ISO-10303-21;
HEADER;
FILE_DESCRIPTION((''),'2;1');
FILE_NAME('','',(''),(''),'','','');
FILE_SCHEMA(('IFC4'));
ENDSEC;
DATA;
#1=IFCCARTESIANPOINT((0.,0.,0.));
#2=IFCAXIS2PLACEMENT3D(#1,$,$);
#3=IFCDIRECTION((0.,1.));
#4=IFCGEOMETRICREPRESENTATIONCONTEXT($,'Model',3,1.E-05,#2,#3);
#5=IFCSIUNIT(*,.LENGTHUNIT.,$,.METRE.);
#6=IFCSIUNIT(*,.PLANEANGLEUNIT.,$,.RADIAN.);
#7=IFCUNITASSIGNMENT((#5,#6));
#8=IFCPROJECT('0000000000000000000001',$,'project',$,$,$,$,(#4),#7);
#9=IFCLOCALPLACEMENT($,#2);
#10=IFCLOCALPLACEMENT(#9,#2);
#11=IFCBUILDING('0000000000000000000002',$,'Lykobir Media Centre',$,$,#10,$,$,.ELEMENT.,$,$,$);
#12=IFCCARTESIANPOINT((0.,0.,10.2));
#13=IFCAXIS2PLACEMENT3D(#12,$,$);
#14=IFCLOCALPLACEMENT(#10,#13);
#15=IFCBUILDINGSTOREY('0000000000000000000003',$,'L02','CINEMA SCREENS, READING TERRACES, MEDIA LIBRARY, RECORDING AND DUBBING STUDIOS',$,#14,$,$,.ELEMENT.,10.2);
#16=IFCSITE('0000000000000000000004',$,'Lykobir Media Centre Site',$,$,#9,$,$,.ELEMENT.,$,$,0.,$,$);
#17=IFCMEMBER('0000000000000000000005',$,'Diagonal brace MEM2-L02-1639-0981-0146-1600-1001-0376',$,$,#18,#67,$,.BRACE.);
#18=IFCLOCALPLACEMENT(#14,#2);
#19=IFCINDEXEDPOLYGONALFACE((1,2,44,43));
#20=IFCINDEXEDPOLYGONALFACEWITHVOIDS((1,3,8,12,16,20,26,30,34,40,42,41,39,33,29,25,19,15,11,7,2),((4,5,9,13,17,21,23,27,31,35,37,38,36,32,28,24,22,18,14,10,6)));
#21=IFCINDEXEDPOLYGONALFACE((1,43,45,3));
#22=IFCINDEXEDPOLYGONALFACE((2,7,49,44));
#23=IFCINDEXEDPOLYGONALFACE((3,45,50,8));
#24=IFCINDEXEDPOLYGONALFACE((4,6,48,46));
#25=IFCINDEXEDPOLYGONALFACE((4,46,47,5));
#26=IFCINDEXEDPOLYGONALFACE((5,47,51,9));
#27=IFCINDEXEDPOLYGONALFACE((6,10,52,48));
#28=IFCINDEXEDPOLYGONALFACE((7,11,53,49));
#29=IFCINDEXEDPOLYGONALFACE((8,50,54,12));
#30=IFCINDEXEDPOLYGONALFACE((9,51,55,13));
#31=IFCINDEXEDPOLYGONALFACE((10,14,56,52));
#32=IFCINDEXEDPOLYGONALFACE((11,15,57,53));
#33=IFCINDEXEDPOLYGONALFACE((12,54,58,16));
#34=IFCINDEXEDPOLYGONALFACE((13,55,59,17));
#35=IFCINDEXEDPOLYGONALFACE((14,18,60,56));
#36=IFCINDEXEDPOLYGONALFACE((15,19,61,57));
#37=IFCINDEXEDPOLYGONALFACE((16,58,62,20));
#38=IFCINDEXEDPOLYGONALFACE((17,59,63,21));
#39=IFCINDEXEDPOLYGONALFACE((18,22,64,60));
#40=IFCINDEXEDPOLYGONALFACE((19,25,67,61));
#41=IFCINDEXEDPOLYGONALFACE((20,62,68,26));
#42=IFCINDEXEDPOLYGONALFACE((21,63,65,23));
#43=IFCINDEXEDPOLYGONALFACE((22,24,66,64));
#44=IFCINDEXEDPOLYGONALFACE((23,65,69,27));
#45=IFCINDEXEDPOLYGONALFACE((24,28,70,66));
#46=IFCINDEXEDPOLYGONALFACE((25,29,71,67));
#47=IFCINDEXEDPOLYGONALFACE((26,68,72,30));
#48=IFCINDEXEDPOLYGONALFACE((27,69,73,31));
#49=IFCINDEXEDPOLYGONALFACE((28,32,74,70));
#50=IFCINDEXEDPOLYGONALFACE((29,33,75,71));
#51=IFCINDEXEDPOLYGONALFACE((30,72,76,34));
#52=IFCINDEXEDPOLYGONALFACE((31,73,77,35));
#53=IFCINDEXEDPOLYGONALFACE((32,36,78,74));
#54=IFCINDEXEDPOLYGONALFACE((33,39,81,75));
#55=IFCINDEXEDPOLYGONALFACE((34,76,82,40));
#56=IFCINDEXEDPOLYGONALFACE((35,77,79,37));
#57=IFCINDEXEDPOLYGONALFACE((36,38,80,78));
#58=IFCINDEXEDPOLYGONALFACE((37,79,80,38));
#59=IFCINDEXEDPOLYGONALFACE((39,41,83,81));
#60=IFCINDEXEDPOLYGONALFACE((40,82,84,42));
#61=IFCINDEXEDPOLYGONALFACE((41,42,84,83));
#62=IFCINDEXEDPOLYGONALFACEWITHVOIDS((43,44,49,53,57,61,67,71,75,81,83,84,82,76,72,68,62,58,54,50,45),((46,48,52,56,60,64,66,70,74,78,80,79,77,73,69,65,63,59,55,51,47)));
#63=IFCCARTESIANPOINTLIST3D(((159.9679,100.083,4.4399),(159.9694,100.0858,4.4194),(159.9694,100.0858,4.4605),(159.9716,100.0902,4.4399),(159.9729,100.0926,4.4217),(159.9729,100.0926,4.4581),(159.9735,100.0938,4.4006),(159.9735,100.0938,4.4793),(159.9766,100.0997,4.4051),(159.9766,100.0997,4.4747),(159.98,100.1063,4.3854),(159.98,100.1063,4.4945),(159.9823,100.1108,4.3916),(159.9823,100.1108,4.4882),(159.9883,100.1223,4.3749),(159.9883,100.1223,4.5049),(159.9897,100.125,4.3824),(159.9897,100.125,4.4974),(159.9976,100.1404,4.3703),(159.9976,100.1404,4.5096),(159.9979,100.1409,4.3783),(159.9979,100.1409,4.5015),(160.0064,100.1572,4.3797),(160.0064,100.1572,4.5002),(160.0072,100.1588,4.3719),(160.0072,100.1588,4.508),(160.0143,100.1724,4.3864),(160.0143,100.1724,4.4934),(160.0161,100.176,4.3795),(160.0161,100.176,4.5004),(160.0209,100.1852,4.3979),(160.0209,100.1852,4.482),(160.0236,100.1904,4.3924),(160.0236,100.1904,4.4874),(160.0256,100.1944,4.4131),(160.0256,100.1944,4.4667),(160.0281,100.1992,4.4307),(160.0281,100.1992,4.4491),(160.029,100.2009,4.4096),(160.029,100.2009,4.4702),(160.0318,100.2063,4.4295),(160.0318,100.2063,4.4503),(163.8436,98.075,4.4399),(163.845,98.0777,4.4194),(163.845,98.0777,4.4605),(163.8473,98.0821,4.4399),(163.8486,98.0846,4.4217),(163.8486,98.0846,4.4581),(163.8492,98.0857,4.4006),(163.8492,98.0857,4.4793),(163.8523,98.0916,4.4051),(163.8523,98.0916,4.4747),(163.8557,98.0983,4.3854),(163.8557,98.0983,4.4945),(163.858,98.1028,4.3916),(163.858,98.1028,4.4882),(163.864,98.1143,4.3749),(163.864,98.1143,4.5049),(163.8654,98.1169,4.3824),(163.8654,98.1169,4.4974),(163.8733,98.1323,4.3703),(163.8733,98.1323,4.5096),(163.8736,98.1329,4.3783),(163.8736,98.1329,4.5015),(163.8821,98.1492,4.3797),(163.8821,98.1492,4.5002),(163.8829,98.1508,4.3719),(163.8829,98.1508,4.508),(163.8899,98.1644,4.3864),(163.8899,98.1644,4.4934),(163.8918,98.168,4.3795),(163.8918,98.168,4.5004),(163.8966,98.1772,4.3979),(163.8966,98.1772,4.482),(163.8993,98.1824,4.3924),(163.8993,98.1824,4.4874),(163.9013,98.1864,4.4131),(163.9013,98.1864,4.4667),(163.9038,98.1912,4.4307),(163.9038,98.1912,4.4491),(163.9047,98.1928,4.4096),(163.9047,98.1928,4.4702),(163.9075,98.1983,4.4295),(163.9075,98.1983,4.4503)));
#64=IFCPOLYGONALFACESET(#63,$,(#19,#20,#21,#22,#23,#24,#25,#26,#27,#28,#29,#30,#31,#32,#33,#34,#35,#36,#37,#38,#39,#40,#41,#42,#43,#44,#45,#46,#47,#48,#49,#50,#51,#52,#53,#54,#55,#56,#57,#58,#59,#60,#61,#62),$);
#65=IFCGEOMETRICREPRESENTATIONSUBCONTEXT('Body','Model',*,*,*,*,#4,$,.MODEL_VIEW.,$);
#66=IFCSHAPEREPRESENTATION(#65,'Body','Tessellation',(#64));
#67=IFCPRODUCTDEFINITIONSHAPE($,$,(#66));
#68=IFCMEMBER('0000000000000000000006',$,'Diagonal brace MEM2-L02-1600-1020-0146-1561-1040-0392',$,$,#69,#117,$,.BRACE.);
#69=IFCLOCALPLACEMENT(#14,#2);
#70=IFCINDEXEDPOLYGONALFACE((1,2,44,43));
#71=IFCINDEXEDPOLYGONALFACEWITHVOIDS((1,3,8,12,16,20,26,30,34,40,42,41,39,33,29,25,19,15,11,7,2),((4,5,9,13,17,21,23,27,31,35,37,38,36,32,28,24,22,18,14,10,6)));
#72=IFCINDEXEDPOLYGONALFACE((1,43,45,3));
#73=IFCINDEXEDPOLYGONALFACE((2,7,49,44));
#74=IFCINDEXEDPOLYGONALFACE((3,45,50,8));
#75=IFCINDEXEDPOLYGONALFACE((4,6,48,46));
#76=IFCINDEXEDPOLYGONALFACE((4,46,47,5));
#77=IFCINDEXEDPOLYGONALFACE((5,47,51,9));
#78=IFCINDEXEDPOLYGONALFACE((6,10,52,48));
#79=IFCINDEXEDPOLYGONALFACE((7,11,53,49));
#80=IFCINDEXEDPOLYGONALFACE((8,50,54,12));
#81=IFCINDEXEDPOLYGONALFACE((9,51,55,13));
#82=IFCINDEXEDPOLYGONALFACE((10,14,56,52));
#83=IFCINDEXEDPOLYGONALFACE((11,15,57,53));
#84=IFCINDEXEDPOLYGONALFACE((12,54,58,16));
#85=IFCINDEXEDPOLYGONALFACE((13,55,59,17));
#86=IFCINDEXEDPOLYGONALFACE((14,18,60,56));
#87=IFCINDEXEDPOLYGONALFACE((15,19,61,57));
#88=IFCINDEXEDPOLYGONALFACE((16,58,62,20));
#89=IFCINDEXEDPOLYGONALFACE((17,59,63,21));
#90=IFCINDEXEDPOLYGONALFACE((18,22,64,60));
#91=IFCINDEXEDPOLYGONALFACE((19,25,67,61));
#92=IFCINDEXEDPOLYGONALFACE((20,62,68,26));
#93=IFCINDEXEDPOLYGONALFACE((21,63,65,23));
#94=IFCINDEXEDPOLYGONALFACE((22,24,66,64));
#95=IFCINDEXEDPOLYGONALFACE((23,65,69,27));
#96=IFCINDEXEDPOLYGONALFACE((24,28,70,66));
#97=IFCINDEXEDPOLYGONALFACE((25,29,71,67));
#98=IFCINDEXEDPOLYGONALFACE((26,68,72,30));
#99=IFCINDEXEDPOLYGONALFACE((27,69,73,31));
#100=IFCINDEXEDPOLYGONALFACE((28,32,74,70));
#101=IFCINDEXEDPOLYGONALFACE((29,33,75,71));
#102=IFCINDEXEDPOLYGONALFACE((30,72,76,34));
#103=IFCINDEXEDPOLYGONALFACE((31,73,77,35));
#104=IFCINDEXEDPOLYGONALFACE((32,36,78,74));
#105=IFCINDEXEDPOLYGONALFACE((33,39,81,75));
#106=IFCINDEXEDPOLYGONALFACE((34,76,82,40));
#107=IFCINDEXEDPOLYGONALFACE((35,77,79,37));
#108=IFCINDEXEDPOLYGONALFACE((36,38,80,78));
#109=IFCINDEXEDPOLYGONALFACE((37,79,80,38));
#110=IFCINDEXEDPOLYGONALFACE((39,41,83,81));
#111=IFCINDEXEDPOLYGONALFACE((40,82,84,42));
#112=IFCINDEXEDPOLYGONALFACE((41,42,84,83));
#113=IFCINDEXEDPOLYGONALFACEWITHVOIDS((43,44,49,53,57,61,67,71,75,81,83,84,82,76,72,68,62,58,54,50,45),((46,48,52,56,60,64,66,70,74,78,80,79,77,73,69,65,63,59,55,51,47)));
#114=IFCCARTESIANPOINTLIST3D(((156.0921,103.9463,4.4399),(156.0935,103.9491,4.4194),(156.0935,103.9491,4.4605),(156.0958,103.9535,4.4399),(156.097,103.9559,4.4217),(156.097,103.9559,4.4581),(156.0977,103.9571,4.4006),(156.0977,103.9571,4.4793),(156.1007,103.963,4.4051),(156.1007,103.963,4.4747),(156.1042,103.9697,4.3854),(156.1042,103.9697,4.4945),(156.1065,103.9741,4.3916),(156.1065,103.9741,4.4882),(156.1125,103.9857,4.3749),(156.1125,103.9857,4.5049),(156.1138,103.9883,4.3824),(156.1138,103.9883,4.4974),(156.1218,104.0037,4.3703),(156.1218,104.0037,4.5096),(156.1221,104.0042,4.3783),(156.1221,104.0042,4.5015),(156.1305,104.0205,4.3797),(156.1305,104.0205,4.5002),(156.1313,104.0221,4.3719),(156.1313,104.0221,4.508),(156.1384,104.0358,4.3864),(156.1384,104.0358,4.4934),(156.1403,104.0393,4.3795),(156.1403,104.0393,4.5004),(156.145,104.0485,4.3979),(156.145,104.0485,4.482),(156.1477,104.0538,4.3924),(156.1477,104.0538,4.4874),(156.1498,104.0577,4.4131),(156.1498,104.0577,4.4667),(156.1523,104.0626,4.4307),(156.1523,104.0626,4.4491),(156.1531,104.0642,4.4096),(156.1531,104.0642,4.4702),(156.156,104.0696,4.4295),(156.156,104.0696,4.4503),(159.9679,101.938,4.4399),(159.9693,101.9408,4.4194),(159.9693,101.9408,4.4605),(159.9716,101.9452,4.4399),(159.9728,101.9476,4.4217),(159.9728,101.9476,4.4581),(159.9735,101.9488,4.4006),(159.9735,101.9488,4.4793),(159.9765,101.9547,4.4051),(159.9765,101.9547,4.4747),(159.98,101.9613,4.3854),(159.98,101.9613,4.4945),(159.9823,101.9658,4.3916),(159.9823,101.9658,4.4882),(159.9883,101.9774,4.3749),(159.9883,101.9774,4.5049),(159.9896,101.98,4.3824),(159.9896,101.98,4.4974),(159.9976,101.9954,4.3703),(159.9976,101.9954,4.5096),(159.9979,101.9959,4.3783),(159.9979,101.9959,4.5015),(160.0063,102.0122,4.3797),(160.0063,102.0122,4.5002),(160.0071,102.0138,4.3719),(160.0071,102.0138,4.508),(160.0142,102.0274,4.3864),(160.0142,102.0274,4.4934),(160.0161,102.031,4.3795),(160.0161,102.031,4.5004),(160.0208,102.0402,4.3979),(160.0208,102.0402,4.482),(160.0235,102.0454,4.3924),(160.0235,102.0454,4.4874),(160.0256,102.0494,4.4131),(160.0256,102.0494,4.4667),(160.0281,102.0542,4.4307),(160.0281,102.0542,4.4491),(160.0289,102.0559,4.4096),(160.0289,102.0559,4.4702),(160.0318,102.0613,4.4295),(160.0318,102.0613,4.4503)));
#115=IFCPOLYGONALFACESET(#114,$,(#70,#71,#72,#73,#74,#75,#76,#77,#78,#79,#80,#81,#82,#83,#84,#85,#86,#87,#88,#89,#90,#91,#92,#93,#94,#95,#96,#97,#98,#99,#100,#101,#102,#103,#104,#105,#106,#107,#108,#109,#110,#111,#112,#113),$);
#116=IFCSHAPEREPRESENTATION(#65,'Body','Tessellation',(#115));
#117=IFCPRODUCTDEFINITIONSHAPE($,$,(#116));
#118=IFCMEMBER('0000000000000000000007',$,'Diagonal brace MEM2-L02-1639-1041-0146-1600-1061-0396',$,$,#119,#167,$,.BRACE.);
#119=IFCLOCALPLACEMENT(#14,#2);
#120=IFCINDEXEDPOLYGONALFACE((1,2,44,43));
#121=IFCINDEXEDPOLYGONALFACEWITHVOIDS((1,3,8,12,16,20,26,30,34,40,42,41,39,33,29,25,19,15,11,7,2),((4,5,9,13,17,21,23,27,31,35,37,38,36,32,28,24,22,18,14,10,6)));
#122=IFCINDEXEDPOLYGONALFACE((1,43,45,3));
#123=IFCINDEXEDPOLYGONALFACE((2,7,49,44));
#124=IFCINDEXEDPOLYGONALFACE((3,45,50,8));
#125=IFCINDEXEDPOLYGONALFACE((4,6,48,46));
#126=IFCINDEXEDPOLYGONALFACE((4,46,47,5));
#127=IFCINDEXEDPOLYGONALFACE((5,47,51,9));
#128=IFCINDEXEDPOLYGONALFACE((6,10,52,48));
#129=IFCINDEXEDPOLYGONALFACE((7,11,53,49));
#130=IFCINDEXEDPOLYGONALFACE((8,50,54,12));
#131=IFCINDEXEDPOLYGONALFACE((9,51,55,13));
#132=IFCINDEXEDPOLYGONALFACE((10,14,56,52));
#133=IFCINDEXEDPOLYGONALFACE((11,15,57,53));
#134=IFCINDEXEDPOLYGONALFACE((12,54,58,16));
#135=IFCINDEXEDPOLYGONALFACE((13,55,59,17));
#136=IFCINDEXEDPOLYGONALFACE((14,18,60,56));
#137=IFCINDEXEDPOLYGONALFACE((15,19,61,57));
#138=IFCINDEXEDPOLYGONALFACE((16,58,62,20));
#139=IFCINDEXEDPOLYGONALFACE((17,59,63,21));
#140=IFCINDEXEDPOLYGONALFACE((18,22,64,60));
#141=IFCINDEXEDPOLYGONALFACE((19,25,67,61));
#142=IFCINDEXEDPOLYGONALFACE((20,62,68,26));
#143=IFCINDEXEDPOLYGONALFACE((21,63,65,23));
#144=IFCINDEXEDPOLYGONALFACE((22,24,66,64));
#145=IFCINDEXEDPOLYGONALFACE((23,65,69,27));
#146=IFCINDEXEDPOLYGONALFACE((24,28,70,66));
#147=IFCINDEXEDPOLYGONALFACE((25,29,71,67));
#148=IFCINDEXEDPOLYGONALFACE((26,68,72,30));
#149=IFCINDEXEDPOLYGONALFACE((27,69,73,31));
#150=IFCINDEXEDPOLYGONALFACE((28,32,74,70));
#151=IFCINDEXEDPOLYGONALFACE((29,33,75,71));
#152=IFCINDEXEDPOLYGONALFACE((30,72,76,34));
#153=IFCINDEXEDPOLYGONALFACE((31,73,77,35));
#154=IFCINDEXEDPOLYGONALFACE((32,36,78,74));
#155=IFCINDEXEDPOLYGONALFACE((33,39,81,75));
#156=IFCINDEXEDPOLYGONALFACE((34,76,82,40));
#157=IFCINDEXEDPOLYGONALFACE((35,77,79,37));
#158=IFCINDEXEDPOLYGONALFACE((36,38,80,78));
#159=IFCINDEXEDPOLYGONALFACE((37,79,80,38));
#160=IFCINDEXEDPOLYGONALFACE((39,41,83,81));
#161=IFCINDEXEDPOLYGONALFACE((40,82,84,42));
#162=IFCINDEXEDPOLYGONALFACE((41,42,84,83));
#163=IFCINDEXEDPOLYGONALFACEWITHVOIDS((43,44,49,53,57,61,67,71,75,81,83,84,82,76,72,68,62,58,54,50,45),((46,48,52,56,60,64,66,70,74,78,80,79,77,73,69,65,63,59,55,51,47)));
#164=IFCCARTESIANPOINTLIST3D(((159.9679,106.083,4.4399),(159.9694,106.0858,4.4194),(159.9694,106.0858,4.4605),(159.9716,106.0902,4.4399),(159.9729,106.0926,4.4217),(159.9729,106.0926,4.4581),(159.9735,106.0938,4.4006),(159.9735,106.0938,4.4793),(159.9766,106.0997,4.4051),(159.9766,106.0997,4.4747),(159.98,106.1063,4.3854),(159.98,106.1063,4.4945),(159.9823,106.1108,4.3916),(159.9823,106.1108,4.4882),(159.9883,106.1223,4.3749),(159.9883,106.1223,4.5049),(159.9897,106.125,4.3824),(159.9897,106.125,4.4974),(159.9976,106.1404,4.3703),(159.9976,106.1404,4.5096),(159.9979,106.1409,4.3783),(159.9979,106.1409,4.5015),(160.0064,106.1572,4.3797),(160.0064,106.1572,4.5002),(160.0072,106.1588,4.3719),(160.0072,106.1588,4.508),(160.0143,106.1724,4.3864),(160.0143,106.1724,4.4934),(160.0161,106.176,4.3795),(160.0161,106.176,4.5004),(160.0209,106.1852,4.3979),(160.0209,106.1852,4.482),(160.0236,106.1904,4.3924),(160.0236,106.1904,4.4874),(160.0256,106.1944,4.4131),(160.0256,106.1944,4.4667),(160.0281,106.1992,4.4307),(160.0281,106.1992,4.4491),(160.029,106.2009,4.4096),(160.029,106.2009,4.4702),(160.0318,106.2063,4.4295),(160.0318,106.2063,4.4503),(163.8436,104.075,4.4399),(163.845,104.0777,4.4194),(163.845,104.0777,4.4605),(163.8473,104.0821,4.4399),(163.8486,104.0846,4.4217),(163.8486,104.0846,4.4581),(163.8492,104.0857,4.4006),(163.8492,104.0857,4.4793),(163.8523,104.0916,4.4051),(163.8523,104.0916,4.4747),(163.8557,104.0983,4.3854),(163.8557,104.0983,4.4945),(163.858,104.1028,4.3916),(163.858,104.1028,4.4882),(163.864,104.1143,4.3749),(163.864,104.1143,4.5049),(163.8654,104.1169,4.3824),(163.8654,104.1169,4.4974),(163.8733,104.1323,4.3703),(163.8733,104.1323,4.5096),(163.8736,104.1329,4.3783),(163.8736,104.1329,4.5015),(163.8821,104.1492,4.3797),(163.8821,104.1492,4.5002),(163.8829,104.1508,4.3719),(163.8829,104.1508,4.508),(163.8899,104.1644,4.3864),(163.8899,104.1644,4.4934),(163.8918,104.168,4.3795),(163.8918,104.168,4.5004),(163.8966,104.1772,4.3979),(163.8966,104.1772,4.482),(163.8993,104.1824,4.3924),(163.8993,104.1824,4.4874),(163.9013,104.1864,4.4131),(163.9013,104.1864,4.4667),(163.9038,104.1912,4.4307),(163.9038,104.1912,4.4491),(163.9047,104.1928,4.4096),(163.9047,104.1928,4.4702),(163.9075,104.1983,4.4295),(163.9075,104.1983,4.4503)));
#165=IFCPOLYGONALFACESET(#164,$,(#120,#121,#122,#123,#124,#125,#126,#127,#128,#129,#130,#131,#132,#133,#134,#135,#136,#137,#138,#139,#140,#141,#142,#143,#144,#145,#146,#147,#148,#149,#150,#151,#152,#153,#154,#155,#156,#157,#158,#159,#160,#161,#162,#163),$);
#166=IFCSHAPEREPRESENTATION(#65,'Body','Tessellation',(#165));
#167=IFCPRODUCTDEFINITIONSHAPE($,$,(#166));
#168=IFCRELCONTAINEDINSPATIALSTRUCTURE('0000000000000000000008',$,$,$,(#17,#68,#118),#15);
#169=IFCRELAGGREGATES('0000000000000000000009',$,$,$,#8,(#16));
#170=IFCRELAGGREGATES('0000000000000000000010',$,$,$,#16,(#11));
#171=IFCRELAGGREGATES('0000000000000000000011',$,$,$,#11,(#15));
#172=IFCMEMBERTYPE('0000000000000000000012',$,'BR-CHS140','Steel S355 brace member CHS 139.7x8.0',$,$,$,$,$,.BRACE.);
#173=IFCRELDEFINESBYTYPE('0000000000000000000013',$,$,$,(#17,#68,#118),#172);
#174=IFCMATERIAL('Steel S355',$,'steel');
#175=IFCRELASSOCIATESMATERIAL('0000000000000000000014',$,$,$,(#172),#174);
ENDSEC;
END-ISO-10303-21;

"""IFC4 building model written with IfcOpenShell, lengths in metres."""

from ifc_helpers import new_model, si_unit, direction, frame, origin, origin_2d, place, context, subcontext, project, spatial, hollow_circle, extrude, material, material_profile, profile_set, type_object, element, save


model = new_model("IFC4")

# Units and contexts
model_context = context("Model", 3, precision=1e-05, world=origin(), true_north=direction((0.0, 1.0)))
body_context = subcontext(model_context, "Body", "Model", "MODEL_VIEW")
ifc_project = project(units=[si_unit("LENGTHUNIT", "METRE"), si_unit("PLANEANGLEUNIT", "RADIAN")], contexts=[model_context])

# Site, building, storey
site_placement = place(None, origin())
site = spatial("IfcSite", under=ifc_project, at=site_placement, Name="Lykobir Media Centre Site", CompositionType="ELEMENT", RefElevation=0.0)
building_placement = place(site_placement, origin())
building = spatial("IfcBuilding", under=site, at=building_placement, Name="Lykobir Media Centre", CompositionType="ELEMENT")
storey_placement = place(building_placement, frame((0.0, 0.0, 10.2)))
storey = spatial("IfcBuildingStorey", under=building, at=storey_placement, Name="L02", Description="CINEMA SCREENS, READING TERRACES, MEDIA LIBRARY, RECORDING AND DUBBING STUDIOS", CompositionType="ELEMENT", Elevation=10.2)

# Members
ifc_material_1 = material(Name="Steel S355", Category="steel")
ifc_material_profile_1 = material_profile(ifc_material_1, hollow_circle(Radius=0.0698, WallThickness=0.0081, at=origin_2d()), Name="CHS 139.7x8.0")
ifc_profile_set_1 = profile_set([ifc_material_profile_1], Name="Steel S355")
member_type_1 = type_object("IfcMemberType", Name="BR-CHS140", Description="Steel S355 brace member CHS 139.7x8.0", PredefinedType="BRACE", material=ifc_profile_set_1)
member_1_placement = place(storey_placement, frame((163.8757, 98.137, 4.4399), z_axis=(-0.887903, 0.460031, 0.0), x_axis=(-0.460031, -0.887903, 0.0)))
element("IfcMember", 1, at=member_1_placement, inside=storey, type_object=member_type_1, Name="Diagonal brace MEM2-L02-1639-0981-0146-1600-1001-0376", PredefinedType="BRACE", context=body_context, shape_type="SweptSolid", body=[
    extrude(hollow_circle(Radius=0.0698, WallThickness=0.0081, at=origin_2d()), origin(), (0.0, 0.0, 1.0), 4.365),
])
member_2_placement = place(storey_placement, frame((160.0, 102.0, 4.4399), z_axis=(-0.88788, 0.460076, 0.0), x_axis=(-0.460076, -0.88788, 0.0)))
element("IfcMember", 2, at=member_2_placement, inside=storey, type_object=member_type_1, Name="Diagonal brace MEM2-L02-1600-1020-0146-1561-1040-0392", PredefinedType="BRACE", context=body_context, shape_type="SweptSolid", body=[
    extrude(hollow_circle(Radius=0.0698, WallThickness=0.0081, at=origin_2d()), origin(), (0.0, 0.0, 1.0), 4.3652),
])
member_3_placement = place(storey_placement, frame((163.8757, 104.137, 4.4399), z_axis=(-0.887903, 0.460031, 0.0), x_axis=(-0.460031, -0.887903, 0.0)))
element("IfcMember", 3, at=member_3_placement, inside=storey, type_object=member_type_1, Name="Diagonal brace MEM2-L02-1639-1041-0146-1600-1061-0396", PredefinedType="BRACE", context=body_context, shape_type="SweptSolid", body=[
    extrude(hollow_circle(Radius=0.0698, WallThickness=0.0081, at=origin_2d()), origin(), (0.0, 0.0, 1.0), 4.365),
])

save(model, "model.ifc")
